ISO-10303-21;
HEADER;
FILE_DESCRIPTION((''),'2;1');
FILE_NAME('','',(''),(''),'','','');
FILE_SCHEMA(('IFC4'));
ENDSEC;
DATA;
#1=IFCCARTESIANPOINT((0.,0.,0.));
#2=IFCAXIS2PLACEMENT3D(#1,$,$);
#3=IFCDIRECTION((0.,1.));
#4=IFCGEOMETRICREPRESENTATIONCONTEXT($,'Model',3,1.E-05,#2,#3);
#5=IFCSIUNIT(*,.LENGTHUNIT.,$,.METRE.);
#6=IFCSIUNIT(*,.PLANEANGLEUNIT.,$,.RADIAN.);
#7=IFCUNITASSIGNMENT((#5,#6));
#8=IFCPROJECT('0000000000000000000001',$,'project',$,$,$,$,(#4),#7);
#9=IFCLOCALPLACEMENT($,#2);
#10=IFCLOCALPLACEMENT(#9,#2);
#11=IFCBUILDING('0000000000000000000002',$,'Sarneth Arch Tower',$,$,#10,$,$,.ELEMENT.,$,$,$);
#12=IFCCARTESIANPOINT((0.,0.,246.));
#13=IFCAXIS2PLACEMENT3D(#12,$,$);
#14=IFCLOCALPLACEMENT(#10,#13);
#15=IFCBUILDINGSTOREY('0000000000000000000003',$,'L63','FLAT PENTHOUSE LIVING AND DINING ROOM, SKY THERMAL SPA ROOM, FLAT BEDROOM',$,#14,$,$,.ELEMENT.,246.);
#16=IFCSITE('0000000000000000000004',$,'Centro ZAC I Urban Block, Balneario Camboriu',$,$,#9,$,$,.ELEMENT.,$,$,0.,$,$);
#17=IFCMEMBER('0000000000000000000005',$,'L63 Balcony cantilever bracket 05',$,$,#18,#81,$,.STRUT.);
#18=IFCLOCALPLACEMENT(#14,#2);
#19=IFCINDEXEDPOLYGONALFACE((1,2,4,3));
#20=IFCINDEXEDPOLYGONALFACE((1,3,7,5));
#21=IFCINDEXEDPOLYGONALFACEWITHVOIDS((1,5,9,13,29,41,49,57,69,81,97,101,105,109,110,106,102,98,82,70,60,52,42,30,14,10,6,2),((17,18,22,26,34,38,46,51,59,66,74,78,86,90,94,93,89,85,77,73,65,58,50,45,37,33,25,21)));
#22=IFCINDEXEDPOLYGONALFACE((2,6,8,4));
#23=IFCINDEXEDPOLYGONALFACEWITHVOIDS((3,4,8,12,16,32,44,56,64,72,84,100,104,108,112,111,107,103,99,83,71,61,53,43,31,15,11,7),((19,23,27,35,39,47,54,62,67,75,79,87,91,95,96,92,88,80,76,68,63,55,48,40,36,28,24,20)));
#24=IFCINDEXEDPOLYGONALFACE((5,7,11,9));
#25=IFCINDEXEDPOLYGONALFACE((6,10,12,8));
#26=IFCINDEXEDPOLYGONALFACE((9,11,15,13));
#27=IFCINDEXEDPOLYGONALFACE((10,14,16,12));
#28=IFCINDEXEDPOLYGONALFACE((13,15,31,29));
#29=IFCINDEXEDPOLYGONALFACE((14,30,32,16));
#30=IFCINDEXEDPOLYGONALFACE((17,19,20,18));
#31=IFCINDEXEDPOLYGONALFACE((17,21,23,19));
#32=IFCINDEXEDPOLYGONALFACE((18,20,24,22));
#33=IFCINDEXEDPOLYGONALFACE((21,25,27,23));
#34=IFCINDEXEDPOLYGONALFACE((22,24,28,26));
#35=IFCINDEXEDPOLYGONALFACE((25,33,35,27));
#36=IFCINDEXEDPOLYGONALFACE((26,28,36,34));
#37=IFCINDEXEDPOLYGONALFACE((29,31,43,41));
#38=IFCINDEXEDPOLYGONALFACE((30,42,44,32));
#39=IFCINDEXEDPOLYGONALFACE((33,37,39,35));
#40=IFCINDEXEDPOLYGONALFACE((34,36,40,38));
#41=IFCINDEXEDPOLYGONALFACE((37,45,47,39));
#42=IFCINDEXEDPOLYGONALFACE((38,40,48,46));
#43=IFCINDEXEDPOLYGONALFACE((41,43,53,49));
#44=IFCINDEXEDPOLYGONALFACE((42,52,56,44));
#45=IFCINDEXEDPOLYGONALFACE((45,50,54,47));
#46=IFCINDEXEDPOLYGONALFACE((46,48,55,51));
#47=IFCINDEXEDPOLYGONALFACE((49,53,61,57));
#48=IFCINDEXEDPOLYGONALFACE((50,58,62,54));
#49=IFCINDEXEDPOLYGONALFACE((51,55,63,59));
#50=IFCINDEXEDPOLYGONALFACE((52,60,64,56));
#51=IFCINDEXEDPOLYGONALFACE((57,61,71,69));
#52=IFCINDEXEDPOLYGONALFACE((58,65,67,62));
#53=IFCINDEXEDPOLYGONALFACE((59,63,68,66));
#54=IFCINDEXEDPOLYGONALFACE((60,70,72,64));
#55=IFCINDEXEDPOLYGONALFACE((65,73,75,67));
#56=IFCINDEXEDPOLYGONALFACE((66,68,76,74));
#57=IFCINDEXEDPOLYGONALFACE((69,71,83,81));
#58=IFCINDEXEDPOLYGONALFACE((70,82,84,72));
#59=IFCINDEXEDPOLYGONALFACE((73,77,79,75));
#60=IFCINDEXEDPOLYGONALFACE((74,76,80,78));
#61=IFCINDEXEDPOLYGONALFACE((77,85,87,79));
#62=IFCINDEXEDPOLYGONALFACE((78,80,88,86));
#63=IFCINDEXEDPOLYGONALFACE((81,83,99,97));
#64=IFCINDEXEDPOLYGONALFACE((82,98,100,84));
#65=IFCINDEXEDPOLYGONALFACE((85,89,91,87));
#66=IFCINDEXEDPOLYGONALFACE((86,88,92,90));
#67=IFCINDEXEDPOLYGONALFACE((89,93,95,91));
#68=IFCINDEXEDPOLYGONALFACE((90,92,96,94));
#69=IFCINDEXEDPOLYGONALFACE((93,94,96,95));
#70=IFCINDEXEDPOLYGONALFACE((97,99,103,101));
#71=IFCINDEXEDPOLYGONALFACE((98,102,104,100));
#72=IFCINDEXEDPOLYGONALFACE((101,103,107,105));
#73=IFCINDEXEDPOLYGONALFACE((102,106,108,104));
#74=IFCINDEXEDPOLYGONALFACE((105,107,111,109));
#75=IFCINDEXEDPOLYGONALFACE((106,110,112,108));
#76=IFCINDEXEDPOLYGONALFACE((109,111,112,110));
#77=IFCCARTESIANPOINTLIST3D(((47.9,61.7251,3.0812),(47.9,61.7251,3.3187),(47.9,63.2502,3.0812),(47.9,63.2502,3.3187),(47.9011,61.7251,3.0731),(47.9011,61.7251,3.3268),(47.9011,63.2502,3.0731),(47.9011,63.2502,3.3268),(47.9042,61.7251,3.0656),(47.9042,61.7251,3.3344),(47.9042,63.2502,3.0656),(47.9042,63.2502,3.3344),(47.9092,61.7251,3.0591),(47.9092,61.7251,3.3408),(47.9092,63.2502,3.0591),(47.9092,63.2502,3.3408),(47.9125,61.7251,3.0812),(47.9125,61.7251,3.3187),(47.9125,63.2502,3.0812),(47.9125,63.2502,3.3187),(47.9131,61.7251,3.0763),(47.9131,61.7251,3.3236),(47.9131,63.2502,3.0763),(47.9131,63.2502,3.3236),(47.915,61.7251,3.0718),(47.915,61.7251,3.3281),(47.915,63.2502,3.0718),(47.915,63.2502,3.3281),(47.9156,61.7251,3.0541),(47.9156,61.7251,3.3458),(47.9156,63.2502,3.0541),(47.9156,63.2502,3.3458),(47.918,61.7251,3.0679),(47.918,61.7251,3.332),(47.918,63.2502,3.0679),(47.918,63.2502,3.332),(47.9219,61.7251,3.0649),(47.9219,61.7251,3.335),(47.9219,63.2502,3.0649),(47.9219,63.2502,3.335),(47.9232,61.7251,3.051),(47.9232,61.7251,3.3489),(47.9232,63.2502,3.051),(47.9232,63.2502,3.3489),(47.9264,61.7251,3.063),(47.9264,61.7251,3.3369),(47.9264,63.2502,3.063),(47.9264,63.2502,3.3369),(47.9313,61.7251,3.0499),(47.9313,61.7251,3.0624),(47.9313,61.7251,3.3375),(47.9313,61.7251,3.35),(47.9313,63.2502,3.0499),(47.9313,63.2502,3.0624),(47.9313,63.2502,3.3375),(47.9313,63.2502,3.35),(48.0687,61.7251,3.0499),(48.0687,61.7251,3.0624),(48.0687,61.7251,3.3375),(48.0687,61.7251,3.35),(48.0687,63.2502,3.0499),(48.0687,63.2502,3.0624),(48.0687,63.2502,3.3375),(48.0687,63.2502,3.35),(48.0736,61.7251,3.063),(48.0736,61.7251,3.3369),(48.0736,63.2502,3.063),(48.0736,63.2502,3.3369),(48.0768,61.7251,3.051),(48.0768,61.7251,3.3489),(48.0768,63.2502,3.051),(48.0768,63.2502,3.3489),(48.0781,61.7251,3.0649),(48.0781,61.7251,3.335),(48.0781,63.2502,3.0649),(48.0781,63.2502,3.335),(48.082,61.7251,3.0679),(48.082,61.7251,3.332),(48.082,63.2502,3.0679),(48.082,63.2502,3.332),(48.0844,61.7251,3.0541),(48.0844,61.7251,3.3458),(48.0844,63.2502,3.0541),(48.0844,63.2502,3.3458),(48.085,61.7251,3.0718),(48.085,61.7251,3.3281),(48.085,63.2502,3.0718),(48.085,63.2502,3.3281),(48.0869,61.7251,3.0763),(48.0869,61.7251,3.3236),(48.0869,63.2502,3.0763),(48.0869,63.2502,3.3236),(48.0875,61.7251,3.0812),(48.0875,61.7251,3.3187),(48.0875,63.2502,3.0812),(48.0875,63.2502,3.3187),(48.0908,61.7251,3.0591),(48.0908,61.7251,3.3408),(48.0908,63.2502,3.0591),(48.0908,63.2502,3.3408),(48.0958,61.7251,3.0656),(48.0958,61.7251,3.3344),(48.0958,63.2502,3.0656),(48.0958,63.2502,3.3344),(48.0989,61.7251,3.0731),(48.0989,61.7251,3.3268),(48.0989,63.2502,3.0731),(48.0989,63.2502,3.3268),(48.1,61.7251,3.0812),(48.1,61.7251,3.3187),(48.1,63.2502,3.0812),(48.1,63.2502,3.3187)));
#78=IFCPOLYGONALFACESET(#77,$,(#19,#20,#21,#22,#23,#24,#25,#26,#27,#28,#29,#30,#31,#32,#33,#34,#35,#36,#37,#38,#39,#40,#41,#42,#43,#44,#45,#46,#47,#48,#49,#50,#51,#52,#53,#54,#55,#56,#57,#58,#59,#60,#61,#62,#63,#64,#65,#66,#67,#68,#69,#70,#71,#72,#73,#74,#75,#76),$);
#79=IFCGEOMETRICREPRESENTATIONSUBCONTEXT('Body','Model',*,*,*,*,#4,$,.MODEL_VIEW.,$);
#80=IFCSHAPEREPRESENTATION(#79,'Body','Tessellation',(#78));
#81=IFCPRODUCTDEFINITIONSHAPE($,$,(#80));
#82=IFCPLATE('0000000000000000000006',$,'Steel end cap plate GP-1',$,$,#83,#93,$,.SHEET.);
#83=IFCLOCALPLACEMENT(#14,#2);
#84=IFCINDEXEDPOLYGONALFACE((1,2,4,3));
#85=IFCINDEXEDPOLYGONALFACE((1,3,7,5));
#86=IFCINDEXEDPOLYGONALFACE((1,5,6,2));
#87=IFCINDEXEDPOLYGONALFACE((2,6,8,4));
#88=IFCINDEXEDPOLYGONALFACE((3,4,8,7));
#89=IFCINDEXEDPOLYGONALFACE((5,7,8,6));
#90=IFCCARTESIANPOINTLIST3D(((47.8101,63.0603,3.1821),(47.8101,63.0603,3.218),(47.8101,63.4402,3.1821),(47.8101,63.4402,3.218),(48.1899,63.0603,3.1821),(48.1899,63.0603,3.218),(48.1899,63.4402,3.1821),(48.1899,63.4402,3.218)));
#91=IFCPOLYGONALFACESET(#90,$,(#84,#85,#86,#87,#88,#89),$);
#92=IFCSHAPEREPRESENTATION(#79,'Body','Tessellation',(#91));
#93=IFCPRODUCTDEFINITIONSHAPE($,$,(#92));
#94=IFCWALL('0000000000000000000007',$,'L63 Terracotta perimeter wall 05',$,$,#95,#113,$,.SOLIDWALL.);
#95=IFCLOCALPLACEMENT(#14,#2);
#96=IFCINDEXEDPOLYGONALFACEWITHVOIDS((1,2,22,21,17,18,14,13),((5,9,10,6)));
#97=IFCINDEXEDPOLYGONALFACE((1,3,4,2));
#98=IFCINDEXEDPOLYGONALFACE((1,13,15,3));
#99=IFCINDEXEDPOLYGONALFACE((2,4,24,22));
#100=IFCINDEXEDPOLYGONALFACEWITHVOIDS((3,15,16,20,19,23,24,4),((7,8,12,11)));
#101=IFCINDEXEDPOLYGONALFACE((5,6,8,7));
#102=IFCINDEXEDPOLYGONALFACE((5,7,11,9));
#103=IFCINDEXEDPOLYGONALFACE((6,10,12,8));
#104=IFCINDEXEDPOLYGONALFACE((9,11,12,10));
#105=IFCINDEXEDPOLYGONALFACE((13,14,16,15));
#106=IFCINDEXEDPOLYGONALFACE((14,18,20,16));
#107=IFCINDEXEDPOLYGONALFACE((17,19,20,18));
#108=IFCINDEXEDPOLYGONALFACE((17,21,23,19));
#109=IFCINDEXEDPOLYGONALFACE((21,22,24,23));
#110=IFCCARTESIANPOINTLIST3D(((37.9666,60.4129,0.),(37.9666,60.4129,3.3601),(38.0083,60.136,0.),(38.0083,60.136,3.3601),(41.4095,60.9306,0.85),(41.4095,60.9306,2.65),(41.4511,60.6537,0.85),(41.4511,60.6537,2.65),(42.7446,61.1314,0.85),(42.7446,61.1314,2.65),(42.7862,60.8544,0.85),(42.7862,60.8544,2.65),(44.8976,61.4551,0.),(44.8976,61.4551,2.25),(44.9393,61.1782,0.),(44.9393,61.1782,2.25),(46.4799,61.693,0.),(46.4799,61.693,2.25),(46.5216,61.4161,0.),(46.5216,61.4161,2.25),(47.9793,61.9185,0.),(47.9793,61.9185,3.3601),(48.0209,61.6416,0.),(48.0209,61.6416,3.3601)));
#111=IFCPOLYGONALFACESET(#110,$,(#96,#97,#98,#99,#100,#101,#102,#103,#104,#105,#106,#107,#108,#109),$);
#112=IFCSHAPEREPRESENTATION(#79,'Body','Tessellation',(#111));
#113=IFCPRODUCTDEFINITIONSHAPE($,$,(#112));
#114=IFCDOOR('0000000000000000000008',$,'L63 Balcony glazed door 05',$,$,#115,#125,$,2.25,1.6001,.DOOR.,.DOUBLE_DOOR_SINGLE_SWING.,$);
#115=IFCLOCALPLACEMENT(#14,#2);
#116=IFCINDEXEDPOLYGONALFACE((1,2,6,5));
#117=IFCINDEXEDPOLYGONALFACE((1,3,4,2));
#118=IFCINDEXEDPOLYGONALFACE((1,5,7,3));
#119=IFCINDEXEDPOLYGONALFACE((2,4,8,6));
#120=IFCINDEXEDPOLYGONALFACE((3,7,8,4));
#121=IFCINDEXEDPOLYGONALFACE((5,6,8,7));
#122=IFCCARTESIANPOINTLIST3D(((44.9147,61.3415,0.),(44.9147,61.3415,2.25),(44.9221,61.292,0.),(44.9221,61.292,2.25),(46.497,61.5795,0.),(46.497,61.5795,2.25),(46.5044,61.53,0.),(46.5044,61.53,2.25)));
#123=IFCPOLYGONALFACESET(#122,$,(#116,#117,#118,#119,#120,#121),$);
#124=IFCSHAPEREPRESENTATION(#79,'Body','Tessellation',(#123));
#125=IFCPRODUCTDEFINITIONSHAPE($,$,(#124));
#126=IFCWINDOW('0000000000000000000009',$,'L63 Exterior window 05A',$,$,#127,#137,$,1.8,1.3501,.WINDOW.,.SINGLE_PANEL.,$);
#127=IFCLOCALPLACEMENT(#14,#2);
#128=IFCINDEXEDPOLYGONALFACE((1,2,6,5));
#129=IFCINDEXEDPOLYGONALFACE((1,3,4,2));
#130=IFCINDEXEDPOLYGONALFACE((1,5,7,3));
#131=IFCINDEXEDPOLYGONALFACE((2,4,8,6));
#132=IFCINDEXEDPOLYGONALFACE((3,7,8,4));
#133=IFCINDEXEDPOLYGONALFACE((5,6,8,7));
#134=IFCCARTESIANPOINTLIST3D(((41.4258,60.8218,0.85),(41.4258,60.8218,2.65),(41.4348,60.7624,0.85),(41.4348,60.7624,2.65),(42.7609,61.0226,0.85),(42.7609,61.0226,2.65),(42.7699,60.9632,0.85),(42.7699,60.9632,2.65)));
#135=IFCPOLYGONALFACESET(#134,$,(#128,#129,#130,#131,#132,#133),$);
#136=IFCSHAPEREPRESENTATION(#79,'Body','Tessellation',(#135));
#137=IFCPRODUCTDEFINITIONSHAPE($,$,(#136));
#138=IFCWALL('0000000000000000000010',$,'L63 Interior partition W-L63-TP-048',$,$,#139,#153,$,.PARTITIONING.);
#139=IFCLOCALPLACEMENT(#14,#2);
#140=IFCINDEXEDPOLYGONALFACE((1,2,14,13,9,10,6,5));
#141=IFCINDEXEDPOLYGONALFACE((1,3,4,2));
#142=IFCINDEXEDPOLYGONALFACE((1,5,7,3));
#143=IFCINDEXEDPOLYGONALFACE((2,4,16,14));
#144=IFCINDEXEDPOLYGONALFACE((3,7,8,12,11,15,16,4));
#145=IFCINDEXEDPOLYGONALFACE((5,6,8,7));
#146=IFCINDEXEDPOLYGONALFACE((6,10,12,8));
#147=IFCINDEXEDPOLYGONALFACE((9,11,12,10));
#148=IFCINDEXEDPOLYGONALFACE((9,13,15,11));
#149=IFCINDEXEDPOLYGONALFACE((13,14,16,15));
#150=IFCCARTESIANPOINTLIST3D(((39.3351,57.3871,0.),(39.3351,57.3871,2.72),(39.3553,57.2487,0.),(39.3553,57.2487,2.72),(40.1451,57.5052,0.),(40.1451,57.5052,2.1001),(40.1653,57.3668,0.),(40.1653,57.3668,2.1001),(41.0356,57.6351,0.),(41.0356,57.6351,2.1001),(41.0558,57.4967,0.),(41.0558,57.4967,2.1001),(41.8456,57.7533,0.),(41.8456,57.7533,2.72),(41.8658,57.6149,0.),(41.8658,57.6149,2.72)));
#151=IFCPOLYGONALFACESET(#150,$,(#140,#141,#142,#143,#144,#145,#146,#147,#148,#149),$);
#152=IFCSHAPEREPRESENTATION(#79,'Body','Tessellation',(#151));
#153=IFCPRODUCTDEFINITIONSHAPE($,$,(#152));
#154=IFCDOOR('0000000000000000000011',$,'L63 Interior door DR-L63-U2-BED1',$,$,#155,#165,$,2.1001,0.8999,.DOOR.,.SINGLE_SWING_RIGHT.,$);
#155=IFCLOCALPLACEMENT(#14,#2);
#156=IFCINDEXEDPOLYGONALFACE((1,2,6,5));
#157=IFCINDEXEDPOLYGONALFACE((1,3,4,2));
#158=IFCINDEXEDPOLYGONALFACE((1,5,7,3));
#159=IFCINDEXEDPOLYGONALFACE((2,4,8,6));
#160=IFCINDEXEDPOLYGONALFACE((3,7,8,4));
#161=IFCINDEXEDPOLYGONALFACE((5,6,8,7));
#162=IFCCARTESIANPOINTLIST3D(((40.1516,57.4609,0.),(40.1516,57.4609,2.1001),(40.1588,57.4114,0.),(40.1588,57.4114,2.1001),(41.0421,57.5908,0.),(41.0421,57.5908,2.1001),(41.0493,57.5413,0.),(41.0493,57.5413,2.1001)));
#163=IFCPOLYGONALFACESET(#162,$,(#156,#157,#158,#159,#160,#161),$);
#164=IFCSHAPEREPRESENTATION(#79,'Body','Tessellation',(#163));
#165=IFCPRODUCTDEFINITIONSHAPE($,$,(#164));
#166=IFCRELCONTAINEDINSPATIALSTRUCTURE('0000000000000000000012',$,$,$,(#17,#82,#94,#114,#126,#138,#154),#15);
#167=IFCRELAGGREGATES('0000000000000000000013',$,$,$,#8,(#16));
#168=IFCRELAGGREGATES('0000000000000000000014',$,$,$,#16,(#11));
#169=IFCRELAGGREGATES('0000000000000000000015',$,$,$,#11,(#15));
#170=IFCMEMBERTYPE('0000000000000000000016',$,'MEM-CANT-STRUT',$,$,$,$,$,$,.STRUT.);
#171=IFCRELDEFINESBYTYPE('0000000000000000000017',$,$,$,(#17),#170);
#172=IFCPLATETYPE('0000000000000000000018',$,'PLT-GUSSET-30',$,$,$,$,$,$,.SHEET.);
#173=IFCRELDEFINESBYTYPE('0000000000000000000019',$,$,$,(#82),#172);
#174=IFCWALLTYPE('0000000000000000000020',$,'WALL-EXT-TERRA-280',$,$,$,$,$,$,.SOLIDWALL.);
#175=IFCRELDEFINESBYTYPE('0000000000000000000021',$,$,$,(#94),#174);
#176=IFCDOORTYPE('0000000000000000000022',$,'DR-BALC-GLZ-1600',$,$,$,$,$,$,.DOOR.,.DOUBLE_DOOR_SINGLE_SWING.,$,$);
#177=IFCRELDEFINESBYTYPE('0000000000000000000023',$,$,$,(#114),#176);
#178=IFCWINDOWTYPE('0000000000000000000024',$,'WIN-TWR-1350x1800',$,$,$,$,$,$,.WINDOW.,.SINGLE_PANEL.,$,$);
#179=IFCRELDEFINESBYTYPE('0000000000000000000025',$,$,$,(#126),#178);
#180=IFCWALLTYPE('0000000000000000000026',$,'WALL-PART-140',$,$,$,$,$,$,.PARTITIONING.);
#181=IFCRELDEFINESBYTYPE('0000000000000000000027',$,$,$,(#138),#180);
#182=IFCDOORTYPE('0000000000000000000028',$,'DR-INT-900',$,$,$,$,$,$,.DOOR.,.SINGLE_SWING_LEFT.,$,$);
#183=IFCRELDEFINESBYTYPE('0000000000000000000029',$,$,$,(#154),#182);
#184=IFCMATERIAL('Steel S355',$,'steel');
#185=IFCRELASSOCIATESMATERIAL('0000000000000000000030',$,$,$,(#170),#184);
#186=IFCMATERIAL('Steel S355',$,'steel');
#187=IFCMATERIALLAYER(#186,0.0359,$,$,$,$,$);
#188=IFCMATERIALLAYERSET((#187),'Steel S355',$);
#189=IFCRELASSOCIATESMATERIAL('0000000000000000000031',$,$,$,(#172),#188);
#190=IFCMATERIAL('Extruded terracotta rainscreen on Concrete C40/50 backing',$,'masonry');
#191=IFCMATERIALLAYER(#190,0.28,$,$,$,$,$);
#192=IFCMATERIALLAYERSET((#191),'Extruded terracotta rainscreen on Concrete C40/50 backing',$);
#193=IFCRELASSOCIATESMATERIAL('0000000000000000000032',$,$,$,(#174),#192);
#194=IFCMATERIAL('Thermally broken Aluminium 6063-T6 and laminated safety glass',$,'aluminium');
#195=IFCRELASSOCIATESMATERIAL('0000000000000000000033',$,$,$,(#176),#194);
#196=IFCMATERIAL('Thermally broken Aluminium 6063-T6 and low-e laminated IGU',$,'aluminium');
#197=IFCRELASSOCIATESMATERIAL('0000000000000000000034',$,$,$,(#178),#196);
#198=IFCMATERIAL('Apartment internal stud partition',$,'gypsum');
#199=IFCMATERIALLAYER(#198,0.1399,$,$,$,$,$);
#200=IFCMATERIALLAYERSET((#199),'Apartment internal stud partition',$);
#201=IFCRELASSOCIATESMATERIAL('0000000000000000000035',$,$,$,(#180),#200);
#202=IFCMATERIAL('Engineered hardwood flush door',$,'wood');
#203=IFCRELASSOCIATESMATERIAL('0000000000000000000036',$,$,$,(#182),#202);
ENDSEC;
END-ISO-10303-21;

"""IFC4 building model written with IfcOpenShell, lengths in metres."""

from ifc_helpers import new_model, si_unit, direction, frame, frame_2d, origin, origin_2d, place, context, subcontext, project, spatial, rectangle, hollow_rectangle, extrude, material, layer, layer_set, material_profile, profile_set, type_object, element, fill, save


model = new_model("IFC4")

# Units and contexts
model_context = context("Model", 3, precision=1e-05, world=origin(), true_north=direction((0.0, 1.0)))
body_context = subcontext(model_context, "Body", "Model", "MODEL_VIEW")
ifc_project = project(units=[si_unit("LENGTHUNIT", "METRE"), si_unit("PLANEANGLEUNIT", "RADIAN")], contexts=[model_context])

# Site, building, storey
site_placement = place(None, origin())
site = spatial("IfcSite", under=ifc_project, at=site_placement, Name="Centro ZAC I Urban Block, Balneario Camboriu", CompositionType="ELEMENT", RefElevation=0.0)
building_placement = place(site_placement, origin())
building = spatial("IfcBuilding", under=site, at=building_placement, Name="Sarneth Arch Tower", CompositionType="ELEMENT")
storey_placement = place(building_placement, frame((0.0, 0.0, 246.0)))
storey = spatial("IfcBuildingStorey", under=building, at=storey_placement, Name="L63", Description="FLAT PENTHOUSE LIVING AND DINING ROOM, SKY THERMAL SPA ROOM, FLAT BEDROOM", CompositionType="ELEMENT", Elevation=246.0)

# Member
ifc_material_1 = material(Name="Steel S355", Category="steel")
ifc_material_profile_1 = material_profile(ifc_material_1, hollow_rectangle(XDim=0.2, YDim=0.3, WallThickness=0.0125, InnerFilletRadius=0.0188, OuterFilletRadius=0.0312, at=origin_2d()), Name="RHS300x200x12.5")
ifc_profile_set_1 = profile_set([ifc_material_profile_1], Name="Steel S355")
member_type_1 = type_object("IfcMemberType", Name="MEM-CANT-STRUT", PredefinedType="STRUT", material=ifc_profile_set_1)
member_1_placement = place(storey_placement, frame((48.0, 61.7251, 3.2), z_axis=(0.0, 1.0, 0.0), x_axis=(-1.0, 0.0, 0.0)))
element("IfcMember", 1, at=member_1_placement, inside=storey, type_object=member_type_1, Name="L63 Balcony cantilever bracket 05", PredefinedType="STRUT", context=body_context, shape_type="SweptSolid", body=[
    extrude(hollow_rectangle(XDim=0.2, YDim=0.3, WallThickness=0.0125, InnerFilletRadius=0.0188, OuterFilletRadius=0.0312, at=origin_2d()), origin(), (0.0, 0.0, 1.0), 1.5251),
])

# Plate
ifc_material_2 = material(Name="Steel S355", Category="steel")
ifc_layer_1 = layer(ifc_material_2, 0.0359)
ifc_layer_set_1 = layer_set([ifc_layer_1], Name="Steel S355")
plate_type = type_object("IfcPlateType", Name="PLT-GUSSET-30", PredefinedType="SHEET", material=ifc_layer_set_1)
plate_placement = place(storey_placement, frame((48.0, 63.2502, 3.1821), z_axis=(0.0, 0.0, 1.0), x_axis=(0.0, 1.0, 0.0)))
element("IfcPlate", 2, at=plate_placement, inside=storey, type_object=plate_type, Name="Steel end cap plate GP-1", PredefinedType="SHEET", context=body_context, shape_type="SweptSolid", body=[
    extrude(rectangle(XDim=0.3799, YDim=0.3799, at=origin_2d()), origin(), (0.0, 0.0, 1.0), 0.0359),
])

# Wall, openings, door, window
ifc_material_3 = material(Name="Extruded terracotta rainscreen on Concrete C40/50 backing", Category="masonry")
ifc_layer_2 = layer(ifc_material_3, 0.28)
ifc_layer_set_2 = layer_set([ifc_layer_2], Name="Extruded terracotta rainscreen on Concrete C40/50 backing")
wall_type_1 = type_object("IfcWallType", Name="WALL-EXT-TERRA-280", PredefinedType="SOLIDWALL", material=ifc_layer_set_2)
wall_1_placement = place(storey_placement, frame((48.0, 61.78, 0.0), z_axis=(0.0, 0.0, 1.0), x_axis=(-0.988883, -0.148699, 0.0)))
wall_1 = element("IfcWall", 3, at=wall_1_placement, inside=storey, type_object=wall_type_1, Name="L63 Terracotta perimeter wall 05", PredefinedType="SOLIDWALL", context=body_context, shape_type="SweptSolid", body=[
    extrude(rectangle(XDim=10.1252, YDim=0.28, at=frame_2d((5.0625, 0.0))), origin(), (0.0, 0.0, 1.0), 3.3601),
])
opening_1_placement = place(wall_1_placement, frame((1.5161, 0.0, 0.0)))
opening_1 = element("IfcOpeningElement", 4, at=opening_1_placement, cuts=wall_1, PredefinedType="OPENING", context=body_context, shape_type="SweptSolid", body=[
    extrude(rectangle(XDim=1.6001, YDim=2.25, at=frame_2d((0.8, 1.125))), frame((0.0, 0.1499, 0.0), z_axis=(0.0, -1.0, 0.0), x_axis=(1.0, 0.0, 0.0)), (0.0, 0.0, 1.0), 0.3),
])
opening_2_placement = place(wall_1_placement, frame((5.2935, 0.0, 0.8501)))
opening_2 = element("IfcOpeningElement", 5, at=opening_2_placement, cuts=wall_1, PredefinedType="OPENING", context=body_context, shape_type="SweptSolid", body=[
    extrude(rectangle(XDim=1.3501, YDim=1.8, at=frame_2d((0.675, 0.8999))), frame((0.0, 0.1499, 0.0), z_axis=(0.0, -1.0, 0.0), x_axis=(1.0, 0.0, 0.0)), (0.0, 0.0, 1.0), 0.3),
])
ifc_material_4 = material(Name="Thermally broken Aluminium 6063-T6 and laminated safety glass", Category="aluminium")
door_type_1 = type_object("IfcDoorType", Name="DR-BALC-GLZ-1600", OperationType="DOUBLE_DOOR_SINGLE_SWING", PredefinedType="DOOR", material=ifc_material_4)
door_1_placement = place(opening_1_placement, origin())
door_1 = element("IfcDoor", 6, at=door_1_placement, inside=storey, type_object=door_type_1, Name="L63 Balcony glazed door 05", OperationType="DOUBLE_DOOR_SINGLE_SWING", OverallHeight=2.25, OverallWidth=1.6001, PredefinedType="DOOR", context=body_context, shape_type="SweptSolid", body=[
    extrude(rectangle(XDim=1.6001, YDim=2.25, at=frame_2d((0.8, 1.125))), frame((0.0, 0.0249, 0.0), z_axis=(0.0, -1.0, 0.0), x_axis=(1.0, 0.0, 0.0)), (0.0, 0.0, 1.0), 0.05),
])
fill(opening_1, door_1)
ifc_material_5 = material(Name="Thermally broken Aluminium 6063-T6 and low-e laminated IGU", Category="aluminium")
window_type = type_object("IfcWindowType", Name="WIN-TWR-1350x1800", PartitioningType="SINGLE_PANEL", PredefinedType="WINDOW", material=ifc_material_5)
window_placement = place(opening_2_placement, origin())
window = element("IfcWindow", 7, at=window_placement, inside=storey, type_object=window_type, Name="L63 Exterior window 05A", OverallHeight=1.8, OverallWidth=1.3501, PartitioningType="SINGLE_PANEL", PredefinedType="WINDOW", context=body_context, shape_type="SweptSolid", body=[
    extrude(rectangle(XDim=1.3501, YDim=1.8, at=frame_2d((0.675, 0.8999))), frame((0.0, 0.03, 0.0), z_axis=(0.0, -1.0, 0.0), x_axis=(1.0, 0.0, 0.0)), (0.0, 0.0, 1.0), 0.0601),
])
fill(opening_2, window)

# Wall, opening, door
ifc_material_6 = material(Name="Apartment internal stud partition", Category="gypsum")
ifc_layer_3 = layer(ifc_material_6, 0.1399)
ifc_layer_set_3 = layer_set([ifc_layer_3], Name="Apartment internal stud partition")
wall_type_2 = type_object("IfcWallType", Name="WALL-PART-140", PredefinedType="PARTITIONING", material=ifc_layer_set_3)
wall_2_placement = place(storey_placement, frame((41.8557, 57.6841, 0.0), z_axis=(0.0, 0.0, 1.0), x_axis=(-0.989528, -0.144344, 0.0)))
wall_2 = element("IfcWall", 8, at=wall_2_placement, inside=storey, type_object=wall_type_2, Name="L63 Interior partition W-L63-TP-048", PredefinedType="PARTITIONING", context=body_context, shape_type="SweptSolid", body=[
    extrude(rectangle(XDim=2.5371, YDim=0.1399, at=frame_2d((1.2686, 0.0))), origin(), (0.0, 0.0, 1.0), 2.72),
])
opening_3_placement = place(wall_2_placement, frame((0.8186, 0.0, 0.0)))
opening_3 = element("IfcOpeningElement", 9, at=opening_3_placement, cuts=wall_2, PredefinedType="OPENING", context=body_context, shape_type="SweptSolid", body=[
    extrude(rectangle(XDim=0.8999, YDim=2.1001, at=frame_2d((0.45, 1.05))), frame((0.0, 0.0798, 0.0), z_axis=(0.0, -1.0, 0.0), x_axis=(1.0, 0.0, 0.0)), (0.0, 0.0, 1.0), 0.1599),
])
ifc_material_7 = material(Name="Engineered hardwood flush door", Category="wood")
door_type_2 = type_object("IfcDoorType", Name="DR-INT-900", OperationType="SINGLE_SWING_LEFT", PredefinedType="DOOR", material=ifc_material_7)
door_2_placement = place(opening_3_placement, origin())
door_2 = element("IfcDoor", 10, at=door_2_placement, inside=storey, type_object=door_type_2, Name="L63 Interior door DR-L63-U2-BED1", OperationType="SINGLE_SWING_RIGHT", OverallHeight=2.1001, OverallWidth=0.8999, PredefinedType="DOOR", context=body_context, shape_type="SweptSolid", body=[
    extrude(rectangle(XDim=0.8999, YDim=2.1001, at=frame_2d((0.45, 1.05))), frame((0.0, 0.0249, 0.0), z_axis=(0.0, -1.0, 0.0), x_axis=(1.0, 0.0, 0.0)), (0.0, 0.0, 1.0), 0.05),
])
fill(opening_3, door_2)

save(model, "model.ifc")
